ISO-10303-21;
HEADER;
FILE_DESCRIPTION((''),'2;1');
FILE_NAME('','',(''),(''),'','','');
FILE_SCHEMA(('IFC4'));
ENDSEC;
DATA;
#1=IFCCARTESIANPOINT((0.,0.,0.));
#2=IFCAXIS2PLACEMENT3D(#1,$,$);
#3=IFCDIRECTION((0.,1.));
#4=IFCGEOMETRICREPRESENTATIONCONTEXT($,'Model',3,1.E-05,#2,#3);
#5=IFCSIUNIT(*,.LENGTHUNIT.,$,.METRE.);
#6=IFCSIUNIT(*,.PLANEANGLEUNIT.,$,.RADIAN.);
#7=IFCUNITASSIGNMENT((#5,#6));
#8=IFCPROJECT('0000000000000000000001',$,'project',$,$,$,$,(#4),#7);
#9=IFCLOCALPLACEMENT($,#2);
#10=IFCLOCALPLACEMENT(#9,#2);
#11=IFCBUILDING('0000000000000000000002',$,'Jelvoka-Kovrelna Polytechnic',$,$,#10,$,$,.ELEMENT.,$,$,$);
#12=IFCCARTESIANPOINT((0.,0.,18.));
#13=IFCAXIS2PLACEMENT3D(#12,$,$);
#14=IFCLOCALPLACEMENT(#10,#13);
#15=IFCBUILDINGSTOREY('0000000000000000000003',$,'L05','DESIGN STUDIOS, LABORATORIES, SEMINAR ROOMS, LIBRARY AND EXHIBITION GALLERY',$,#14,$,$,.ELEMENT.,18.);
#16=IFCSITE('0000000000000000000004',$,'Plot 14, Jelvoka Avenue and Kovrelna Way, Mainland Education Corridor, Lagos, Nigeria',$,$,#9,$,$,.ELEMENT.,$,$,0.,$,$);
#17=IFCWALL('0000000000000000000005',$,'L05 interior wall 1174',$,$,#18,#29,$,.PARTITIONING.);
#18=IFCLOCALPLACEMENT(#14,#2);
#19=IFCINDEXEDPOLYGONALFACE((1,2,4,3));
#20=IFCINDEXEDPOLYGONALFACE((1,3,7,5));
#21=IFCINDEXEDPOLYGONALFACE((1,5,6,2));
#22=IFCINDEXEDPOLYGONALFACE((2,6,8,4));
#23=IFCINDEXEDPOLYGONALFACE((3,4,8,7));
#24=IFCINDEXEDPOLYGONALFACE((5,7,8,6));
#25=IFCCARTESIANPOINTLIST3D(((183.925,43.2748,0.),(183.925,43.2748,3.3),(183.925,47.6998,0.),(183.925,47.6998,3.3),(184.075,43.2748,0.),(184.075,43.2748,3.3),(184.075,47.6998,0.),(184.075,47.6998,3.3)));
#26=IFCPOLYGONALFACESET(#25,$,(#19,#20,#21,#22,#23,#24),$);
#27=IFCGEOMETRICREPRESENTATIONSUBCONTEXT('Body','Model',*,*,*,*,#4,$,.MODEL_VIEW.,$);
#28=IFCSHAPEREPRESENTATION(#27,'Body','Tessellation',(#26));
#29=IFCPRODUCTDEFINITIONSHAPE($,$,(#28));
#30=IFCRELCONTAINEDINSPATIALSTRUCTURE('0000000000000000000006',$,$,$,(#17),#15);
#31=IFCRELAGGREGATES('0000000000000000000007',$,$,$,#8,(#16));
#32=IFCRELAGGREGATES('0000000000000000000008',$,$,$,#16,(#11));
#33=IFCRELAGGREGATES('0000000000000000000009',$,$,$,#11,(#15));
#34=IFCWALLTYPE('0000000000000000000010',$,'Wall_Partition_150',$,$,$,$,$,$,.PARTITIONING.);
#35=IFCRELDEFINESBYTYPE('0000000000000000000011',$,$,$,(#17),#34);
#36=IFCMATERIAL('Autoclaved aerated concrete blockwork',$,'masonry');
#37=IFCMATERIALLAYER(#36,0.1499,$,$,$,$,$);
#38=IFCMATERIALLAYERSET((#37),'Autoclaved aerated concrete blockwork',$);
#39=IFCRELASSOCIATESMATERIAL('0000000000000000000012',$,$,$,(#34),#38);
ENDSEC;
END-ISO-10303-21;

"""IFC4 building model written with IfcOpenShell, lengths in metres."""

from ifc_helpers import new_model, si_unit, direction, frame, frame_2d, origin, place, context, subcontext, project, spatial, rectangle, extrude, material, layer, layer_set, type_object, element, save


model = new_model("IFC4")

# Units and contexts
model_context = context("Model", 3, precision=1e-05, world=origin(), true_north=direction((0.0, 1.0)))
body_context = subcontext(model_context, "Body", "Model", "MODEL_VIEW")
ifc_project = project(units=[si_unit("LENGTHUNIT", "METRE"), si_unit("PLANEANGLEUNIT", "RADIAN")], contexts=[model_context])

# Site, building, storey
site_placement = place(None, origin())
site = spatial("IfcSite", under=ifc_project, at=site_placement, Name="Plot 14, Jelvoka Avenue and Kovrelna Way, Mainland Education Corridor, Lagos, Nigeria", CompositionType="ELEMENT", RefElevation=0.0)
building_placement = place(site_placement, origin())
building = spatial("IfcBuilding", under=site, at=building_placement, Name="Jelvoka-Kovrelna Polytechnic", CompositionType="ELEMENT")
storey_placement = place(building_placement, frame((0.0, 0.0, 18.0)))
storey = spatial("IfcBuildingStorey", under=building, at=storey_placement, Name="L05", Description="DESIGN STUDIOS, LABORATORIES, SEMINAR ROOMS, LIBRARY AND EXHIBITION GALLERY", CompositionType="ELEMENT", Elevation=18.0)

# Shared definitions
ifc_material_1 = material(Name="Autoclaved aerated concrete blockwork", Category="masonry")
ifc_layer_1 = layer(ifc_material_1, 0.1499)
ifc_layer_set_1 = layer_set([ifc_layer_1], Name="Autoclaved aerated concrete blockwork")
wall_type_1 = type_object("IfcWallType", Name="Wall_Partition_150", PredefinedType="PARTITIONING", material=ifc_layer_set_1)

# Wall
wall_1_placement = place(storey_placement, frame((184.0, 43.2749, 0.0), z_axis=(0.0, 0.0, 1.0), x_axis=(0.0, 1.0, 0.0)))
element("IfcWall", 1, at=wall_1_placement, inside=storey, type_object=wall_type_1, Name="L05 interior wall 1174", PredefinedType="PARTITIONING", context=body_context, shape_type="SweptSolid", body=[
    extrude(rectangle(XDim=4.425, YDim=0.1499, at=frame_2d((2.2124, 0.0))), origin(), (0.0, 0.0, 1.0), 3.3),
])

save(model, "model.ifc")
